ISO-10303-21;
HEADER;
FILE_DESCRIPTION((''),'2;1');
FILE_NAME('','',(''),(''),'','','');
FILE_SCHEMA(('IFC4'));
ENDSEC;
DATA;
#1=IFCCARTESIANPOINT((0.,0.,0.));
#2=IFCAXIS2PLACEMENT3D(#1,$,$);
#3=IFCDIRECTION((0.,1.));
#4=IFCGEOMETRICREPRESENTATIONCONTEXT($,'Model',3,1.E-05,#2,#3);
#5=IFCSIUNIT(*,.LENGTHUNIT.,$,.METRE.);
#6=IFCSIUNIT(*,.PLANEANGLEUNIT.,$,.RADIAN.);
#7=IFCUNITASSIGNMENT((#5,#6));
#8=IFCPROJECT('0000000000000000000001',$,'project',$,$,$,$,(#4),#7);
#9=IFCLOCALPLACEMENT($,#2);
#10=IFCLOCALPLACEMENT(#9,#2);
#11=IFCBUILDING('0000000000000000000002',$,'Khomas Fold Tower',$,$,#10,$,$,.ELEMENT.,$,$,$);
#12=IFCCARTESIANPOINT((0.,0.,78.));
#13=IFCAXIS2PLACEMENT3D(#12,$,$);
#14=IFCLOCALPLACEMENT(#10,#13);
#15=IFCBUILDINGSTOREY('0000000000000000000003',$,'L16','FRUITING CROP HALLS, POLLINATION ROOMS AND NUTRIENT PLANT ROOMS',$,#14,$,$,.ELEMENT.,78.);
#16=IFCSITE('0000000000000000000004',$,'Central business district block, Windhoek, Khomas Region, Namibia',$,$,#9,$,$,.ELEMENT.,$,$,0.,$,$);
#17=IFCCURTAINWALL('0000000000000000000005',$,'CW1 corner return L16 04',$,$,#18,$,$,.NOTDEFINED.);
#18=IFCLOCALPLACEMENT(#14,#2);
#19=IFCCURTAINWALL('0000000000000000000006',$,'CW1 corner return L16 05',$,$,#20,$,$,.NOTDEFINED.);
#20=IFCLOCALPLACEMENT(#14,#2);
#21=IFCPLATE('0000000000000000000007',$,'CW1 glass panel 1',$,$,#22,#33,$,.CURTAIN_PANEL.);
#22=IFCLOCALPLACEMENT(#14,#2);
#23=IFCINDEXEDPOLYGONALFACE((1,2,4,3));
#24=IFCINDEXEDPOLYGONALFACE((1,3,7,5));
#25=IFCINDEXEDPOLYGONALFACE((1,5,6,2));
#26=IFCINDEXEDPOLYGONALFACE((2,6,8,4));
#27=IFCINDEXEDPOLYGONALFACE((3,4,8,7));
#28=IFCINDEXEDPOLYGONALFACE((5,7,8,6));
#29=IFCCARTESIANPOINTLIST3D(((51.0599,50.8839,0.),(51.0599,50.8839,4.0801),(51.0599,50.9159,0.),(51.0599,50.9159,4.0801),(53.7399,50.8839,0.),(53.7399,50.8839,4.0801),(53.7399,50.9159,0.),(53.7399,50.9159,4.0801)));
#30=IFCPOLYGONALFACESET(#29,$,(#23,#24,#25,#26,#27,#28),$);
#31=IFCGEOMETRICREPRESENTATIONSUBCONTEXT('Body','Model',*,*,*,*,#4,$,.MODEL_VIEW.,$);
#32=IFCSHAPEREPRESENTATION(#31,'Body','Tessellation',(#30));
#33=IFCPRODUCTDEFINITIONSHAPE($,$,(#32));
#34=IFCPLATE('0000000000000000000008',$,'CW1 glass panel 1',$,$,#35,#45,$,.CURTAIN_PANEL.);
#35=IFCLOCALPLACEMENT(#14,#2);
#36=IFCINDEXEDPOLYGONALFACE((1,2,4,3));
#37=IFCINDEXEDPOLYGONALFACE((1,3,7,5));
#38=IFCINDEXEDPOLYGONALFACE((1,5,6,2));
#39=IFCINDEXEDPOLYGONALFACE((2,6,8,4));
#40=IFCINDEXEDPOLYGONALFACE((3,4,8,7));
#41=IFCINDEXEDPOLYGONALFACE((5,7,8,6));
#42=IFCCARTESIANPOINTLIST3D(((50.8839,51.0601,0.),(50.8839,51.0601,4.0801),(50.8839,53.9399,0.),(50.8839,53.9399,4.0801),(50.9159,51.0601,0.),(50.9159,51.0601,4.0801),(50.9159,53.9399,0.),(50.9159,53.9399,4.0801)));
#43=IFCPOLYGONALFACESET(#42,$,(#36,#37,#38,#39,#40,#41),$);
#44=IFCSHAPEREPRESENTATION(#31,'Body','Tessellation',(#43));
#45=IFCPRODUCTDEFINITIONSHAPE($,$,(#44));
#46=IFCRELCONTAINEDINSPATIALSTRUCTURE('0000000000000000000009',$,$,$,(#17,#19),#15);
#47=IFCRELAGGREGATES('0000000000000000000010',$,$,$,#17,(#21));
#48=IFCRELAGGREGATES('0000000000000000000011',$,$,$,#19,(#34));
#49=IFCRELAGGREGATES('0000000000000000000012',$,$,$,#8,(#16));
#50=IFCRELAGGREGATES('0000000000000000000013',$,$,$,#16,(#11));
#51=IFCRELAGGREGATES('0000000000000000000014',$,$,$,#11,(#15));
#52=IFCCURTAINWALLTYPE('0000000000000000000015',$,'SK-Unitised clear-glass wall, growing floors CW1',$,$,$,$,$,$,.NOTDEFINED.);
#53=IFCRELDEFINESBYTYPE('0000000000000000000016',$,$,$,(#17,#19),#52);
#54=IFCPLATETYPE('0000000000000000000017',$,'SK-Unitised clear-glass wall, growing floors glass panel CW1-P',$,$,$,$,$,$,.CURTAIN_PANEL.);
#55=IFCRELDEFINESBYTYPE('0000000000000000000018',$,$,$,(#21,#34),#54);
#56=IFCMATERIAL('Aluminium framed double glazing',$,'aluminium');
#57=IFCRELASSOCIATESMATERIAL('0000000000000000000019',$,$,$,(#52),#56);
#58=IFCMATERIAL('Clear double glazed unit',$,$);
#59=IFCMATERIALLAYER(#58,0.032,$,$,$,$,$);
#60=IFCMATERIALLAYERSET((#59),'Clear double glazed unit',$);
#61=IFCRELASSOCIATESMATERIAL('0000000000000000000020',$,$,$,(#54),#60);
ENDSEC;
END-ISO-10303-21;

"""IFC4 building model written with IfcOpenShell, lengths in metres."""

from ifc_helpers import new_model, si_unit, direction, frame, origin, origin_2d, place, context, subcontext, project, spatial, rectangle, extrude, source, transform, mapped, material, layer, layer_set, type_object, element, aggregate, save


model = new_model("IFC4")

# Units and contexts
model_context = context("Model", 3, precision=1e-05, world=origin(), true_north=direction((0.0, 1.0)))
body_context = subcontext(model_context, "Body", "Model", "MODEL_VIEW")
ifc_project = project(units=[si_unit("LENGTHUNIT", "METRE"), si_unit("PLANEANGLEUNIT", "RADIAN")], contexts=[model_context])

# Site, building, storey
site_placement = place(None, origin())
site = spatial("IfcSite", under=ifc_project, at=site_placement, Name="Central business district block, Windhoek, Khomas Region, Namibia", CompositionType="ELEMENT", RefElevation=0.0)
building_placement = place(site_placement, origin())
building = spatial("IfcBuilding", under=site, at=building_placement, Name="Khomas Fold Tower", CompositionType="ELEMENT")
storey_placement = place(building_placement, frame((0.0, 0.0, 78.0)))
storey = spatial("IfcBuildingStorey", under=building, at=storey_placement, Name="L16", Description="FRUITING CROP HALLS, POLLINATION ROOMS AND NUTRIENT PLANT ROOMS", CompositionType="ELEMENT", Elevation=78.0)

# Shared definitions
ifc_material_1 = material(Name="Aluminium framed double glazing", Category="aluminium")
curtain_wall_type = type_object("IfcCurtainWallType", Name="SK-Unitised clear-glass wall, growing floors CW1", PredefinedType="NOTDEFINED", material=ifc_material_1)

# Curtain walls
curtain_wall_1_placement = place(storey_placement, origin())
curtain_wall_1 = element("IfcCurtainWall", 1, at=curtain_wall_1_placement, inside=storey, type_object=curtain_wall_type, Name="CW1 corner return L16 04", PredefinedType="NOTDEFINED")
curtain_wall_2_placement = place(storey_placement, origin())
curtain_wall_2 = element("IfcCurtainWall", 2, at=curtain_wall_2_placement, inside=storey, type_object=curtain_wall_type, Name="CW1 corner return L16 05", PredefinedType="NOTDEFINED")

# Plates
ifc_material_2 = material(Name="Clear double glazed unit")
ifc_layer = layer(ifc_material_2, 0.032)
ifc_layer_set = layer_set([ifc_layer], Name="Clear double glazed unit")
plate_type = type_object("IfcPlateType", Name="SK-Unitised clear-glass wall, growing floors glass panel CW1-P", PredefinedType="CURTAIN_PANEL", material=ifc_layer_set)
shared_shape_1 = source(origin(), body_context, "Body", "SweptSolid", [
    extrude(rectangle(XDim=2.6799, YDim=0.032, at=origin_2d()), origin(), (0.0, 0.0, 1.0), 4.0801),
])
plate_1_placement = place(storey_placement, frame((52.3999, 50.8999, 0.0), z_axis=(0.0, 0.0, 1.0), x_axis=(-1.0, 0.0, 0.0)))
plate_1 = element("IfcPlate", 3, at=plate_1_placement, type_object=plate_type, Name="CW1 glass panel 1", PredefinedType="CURTAIN_PANEL", context=body_context, shape_type="MappedRepresentation", body=[
    mapped(shared_shape_1, transform((0.0, 0.0, 0.0))),
])
aggregate(curtain_wall_1, [plate_1])
shared_shape_2 = source(origin(), body_context, "Body", "SweptSolid", [
    extrude(rectangle(XDim=2.8799, YDim=0.032, at=origin_2d()), origin(), (0.0, 0.0, 1.0), 4.0801),
])
plate_2_placement = place(storey_placement, frame((50.8999, 52.5, 0.0), z_axis=(0.0, 0.0, 1.0), x_axis=(0.0, 1.0, 0.0)))
plate_2 = element("IfcPlate", 4, at=plate_2_placement, type_object=plate_type, Name="CW1 glass panel 1", PredefinedType="CURTAIN_PANEL", context=body_context, shape_type="MappedRepresentation", body=[
    mapped(shared_shape_2, transform((0.0, 0.0, 0.0))),
])
aggregate(curtain_wall_2, [plate_2])

save(model, "model.ifc")
